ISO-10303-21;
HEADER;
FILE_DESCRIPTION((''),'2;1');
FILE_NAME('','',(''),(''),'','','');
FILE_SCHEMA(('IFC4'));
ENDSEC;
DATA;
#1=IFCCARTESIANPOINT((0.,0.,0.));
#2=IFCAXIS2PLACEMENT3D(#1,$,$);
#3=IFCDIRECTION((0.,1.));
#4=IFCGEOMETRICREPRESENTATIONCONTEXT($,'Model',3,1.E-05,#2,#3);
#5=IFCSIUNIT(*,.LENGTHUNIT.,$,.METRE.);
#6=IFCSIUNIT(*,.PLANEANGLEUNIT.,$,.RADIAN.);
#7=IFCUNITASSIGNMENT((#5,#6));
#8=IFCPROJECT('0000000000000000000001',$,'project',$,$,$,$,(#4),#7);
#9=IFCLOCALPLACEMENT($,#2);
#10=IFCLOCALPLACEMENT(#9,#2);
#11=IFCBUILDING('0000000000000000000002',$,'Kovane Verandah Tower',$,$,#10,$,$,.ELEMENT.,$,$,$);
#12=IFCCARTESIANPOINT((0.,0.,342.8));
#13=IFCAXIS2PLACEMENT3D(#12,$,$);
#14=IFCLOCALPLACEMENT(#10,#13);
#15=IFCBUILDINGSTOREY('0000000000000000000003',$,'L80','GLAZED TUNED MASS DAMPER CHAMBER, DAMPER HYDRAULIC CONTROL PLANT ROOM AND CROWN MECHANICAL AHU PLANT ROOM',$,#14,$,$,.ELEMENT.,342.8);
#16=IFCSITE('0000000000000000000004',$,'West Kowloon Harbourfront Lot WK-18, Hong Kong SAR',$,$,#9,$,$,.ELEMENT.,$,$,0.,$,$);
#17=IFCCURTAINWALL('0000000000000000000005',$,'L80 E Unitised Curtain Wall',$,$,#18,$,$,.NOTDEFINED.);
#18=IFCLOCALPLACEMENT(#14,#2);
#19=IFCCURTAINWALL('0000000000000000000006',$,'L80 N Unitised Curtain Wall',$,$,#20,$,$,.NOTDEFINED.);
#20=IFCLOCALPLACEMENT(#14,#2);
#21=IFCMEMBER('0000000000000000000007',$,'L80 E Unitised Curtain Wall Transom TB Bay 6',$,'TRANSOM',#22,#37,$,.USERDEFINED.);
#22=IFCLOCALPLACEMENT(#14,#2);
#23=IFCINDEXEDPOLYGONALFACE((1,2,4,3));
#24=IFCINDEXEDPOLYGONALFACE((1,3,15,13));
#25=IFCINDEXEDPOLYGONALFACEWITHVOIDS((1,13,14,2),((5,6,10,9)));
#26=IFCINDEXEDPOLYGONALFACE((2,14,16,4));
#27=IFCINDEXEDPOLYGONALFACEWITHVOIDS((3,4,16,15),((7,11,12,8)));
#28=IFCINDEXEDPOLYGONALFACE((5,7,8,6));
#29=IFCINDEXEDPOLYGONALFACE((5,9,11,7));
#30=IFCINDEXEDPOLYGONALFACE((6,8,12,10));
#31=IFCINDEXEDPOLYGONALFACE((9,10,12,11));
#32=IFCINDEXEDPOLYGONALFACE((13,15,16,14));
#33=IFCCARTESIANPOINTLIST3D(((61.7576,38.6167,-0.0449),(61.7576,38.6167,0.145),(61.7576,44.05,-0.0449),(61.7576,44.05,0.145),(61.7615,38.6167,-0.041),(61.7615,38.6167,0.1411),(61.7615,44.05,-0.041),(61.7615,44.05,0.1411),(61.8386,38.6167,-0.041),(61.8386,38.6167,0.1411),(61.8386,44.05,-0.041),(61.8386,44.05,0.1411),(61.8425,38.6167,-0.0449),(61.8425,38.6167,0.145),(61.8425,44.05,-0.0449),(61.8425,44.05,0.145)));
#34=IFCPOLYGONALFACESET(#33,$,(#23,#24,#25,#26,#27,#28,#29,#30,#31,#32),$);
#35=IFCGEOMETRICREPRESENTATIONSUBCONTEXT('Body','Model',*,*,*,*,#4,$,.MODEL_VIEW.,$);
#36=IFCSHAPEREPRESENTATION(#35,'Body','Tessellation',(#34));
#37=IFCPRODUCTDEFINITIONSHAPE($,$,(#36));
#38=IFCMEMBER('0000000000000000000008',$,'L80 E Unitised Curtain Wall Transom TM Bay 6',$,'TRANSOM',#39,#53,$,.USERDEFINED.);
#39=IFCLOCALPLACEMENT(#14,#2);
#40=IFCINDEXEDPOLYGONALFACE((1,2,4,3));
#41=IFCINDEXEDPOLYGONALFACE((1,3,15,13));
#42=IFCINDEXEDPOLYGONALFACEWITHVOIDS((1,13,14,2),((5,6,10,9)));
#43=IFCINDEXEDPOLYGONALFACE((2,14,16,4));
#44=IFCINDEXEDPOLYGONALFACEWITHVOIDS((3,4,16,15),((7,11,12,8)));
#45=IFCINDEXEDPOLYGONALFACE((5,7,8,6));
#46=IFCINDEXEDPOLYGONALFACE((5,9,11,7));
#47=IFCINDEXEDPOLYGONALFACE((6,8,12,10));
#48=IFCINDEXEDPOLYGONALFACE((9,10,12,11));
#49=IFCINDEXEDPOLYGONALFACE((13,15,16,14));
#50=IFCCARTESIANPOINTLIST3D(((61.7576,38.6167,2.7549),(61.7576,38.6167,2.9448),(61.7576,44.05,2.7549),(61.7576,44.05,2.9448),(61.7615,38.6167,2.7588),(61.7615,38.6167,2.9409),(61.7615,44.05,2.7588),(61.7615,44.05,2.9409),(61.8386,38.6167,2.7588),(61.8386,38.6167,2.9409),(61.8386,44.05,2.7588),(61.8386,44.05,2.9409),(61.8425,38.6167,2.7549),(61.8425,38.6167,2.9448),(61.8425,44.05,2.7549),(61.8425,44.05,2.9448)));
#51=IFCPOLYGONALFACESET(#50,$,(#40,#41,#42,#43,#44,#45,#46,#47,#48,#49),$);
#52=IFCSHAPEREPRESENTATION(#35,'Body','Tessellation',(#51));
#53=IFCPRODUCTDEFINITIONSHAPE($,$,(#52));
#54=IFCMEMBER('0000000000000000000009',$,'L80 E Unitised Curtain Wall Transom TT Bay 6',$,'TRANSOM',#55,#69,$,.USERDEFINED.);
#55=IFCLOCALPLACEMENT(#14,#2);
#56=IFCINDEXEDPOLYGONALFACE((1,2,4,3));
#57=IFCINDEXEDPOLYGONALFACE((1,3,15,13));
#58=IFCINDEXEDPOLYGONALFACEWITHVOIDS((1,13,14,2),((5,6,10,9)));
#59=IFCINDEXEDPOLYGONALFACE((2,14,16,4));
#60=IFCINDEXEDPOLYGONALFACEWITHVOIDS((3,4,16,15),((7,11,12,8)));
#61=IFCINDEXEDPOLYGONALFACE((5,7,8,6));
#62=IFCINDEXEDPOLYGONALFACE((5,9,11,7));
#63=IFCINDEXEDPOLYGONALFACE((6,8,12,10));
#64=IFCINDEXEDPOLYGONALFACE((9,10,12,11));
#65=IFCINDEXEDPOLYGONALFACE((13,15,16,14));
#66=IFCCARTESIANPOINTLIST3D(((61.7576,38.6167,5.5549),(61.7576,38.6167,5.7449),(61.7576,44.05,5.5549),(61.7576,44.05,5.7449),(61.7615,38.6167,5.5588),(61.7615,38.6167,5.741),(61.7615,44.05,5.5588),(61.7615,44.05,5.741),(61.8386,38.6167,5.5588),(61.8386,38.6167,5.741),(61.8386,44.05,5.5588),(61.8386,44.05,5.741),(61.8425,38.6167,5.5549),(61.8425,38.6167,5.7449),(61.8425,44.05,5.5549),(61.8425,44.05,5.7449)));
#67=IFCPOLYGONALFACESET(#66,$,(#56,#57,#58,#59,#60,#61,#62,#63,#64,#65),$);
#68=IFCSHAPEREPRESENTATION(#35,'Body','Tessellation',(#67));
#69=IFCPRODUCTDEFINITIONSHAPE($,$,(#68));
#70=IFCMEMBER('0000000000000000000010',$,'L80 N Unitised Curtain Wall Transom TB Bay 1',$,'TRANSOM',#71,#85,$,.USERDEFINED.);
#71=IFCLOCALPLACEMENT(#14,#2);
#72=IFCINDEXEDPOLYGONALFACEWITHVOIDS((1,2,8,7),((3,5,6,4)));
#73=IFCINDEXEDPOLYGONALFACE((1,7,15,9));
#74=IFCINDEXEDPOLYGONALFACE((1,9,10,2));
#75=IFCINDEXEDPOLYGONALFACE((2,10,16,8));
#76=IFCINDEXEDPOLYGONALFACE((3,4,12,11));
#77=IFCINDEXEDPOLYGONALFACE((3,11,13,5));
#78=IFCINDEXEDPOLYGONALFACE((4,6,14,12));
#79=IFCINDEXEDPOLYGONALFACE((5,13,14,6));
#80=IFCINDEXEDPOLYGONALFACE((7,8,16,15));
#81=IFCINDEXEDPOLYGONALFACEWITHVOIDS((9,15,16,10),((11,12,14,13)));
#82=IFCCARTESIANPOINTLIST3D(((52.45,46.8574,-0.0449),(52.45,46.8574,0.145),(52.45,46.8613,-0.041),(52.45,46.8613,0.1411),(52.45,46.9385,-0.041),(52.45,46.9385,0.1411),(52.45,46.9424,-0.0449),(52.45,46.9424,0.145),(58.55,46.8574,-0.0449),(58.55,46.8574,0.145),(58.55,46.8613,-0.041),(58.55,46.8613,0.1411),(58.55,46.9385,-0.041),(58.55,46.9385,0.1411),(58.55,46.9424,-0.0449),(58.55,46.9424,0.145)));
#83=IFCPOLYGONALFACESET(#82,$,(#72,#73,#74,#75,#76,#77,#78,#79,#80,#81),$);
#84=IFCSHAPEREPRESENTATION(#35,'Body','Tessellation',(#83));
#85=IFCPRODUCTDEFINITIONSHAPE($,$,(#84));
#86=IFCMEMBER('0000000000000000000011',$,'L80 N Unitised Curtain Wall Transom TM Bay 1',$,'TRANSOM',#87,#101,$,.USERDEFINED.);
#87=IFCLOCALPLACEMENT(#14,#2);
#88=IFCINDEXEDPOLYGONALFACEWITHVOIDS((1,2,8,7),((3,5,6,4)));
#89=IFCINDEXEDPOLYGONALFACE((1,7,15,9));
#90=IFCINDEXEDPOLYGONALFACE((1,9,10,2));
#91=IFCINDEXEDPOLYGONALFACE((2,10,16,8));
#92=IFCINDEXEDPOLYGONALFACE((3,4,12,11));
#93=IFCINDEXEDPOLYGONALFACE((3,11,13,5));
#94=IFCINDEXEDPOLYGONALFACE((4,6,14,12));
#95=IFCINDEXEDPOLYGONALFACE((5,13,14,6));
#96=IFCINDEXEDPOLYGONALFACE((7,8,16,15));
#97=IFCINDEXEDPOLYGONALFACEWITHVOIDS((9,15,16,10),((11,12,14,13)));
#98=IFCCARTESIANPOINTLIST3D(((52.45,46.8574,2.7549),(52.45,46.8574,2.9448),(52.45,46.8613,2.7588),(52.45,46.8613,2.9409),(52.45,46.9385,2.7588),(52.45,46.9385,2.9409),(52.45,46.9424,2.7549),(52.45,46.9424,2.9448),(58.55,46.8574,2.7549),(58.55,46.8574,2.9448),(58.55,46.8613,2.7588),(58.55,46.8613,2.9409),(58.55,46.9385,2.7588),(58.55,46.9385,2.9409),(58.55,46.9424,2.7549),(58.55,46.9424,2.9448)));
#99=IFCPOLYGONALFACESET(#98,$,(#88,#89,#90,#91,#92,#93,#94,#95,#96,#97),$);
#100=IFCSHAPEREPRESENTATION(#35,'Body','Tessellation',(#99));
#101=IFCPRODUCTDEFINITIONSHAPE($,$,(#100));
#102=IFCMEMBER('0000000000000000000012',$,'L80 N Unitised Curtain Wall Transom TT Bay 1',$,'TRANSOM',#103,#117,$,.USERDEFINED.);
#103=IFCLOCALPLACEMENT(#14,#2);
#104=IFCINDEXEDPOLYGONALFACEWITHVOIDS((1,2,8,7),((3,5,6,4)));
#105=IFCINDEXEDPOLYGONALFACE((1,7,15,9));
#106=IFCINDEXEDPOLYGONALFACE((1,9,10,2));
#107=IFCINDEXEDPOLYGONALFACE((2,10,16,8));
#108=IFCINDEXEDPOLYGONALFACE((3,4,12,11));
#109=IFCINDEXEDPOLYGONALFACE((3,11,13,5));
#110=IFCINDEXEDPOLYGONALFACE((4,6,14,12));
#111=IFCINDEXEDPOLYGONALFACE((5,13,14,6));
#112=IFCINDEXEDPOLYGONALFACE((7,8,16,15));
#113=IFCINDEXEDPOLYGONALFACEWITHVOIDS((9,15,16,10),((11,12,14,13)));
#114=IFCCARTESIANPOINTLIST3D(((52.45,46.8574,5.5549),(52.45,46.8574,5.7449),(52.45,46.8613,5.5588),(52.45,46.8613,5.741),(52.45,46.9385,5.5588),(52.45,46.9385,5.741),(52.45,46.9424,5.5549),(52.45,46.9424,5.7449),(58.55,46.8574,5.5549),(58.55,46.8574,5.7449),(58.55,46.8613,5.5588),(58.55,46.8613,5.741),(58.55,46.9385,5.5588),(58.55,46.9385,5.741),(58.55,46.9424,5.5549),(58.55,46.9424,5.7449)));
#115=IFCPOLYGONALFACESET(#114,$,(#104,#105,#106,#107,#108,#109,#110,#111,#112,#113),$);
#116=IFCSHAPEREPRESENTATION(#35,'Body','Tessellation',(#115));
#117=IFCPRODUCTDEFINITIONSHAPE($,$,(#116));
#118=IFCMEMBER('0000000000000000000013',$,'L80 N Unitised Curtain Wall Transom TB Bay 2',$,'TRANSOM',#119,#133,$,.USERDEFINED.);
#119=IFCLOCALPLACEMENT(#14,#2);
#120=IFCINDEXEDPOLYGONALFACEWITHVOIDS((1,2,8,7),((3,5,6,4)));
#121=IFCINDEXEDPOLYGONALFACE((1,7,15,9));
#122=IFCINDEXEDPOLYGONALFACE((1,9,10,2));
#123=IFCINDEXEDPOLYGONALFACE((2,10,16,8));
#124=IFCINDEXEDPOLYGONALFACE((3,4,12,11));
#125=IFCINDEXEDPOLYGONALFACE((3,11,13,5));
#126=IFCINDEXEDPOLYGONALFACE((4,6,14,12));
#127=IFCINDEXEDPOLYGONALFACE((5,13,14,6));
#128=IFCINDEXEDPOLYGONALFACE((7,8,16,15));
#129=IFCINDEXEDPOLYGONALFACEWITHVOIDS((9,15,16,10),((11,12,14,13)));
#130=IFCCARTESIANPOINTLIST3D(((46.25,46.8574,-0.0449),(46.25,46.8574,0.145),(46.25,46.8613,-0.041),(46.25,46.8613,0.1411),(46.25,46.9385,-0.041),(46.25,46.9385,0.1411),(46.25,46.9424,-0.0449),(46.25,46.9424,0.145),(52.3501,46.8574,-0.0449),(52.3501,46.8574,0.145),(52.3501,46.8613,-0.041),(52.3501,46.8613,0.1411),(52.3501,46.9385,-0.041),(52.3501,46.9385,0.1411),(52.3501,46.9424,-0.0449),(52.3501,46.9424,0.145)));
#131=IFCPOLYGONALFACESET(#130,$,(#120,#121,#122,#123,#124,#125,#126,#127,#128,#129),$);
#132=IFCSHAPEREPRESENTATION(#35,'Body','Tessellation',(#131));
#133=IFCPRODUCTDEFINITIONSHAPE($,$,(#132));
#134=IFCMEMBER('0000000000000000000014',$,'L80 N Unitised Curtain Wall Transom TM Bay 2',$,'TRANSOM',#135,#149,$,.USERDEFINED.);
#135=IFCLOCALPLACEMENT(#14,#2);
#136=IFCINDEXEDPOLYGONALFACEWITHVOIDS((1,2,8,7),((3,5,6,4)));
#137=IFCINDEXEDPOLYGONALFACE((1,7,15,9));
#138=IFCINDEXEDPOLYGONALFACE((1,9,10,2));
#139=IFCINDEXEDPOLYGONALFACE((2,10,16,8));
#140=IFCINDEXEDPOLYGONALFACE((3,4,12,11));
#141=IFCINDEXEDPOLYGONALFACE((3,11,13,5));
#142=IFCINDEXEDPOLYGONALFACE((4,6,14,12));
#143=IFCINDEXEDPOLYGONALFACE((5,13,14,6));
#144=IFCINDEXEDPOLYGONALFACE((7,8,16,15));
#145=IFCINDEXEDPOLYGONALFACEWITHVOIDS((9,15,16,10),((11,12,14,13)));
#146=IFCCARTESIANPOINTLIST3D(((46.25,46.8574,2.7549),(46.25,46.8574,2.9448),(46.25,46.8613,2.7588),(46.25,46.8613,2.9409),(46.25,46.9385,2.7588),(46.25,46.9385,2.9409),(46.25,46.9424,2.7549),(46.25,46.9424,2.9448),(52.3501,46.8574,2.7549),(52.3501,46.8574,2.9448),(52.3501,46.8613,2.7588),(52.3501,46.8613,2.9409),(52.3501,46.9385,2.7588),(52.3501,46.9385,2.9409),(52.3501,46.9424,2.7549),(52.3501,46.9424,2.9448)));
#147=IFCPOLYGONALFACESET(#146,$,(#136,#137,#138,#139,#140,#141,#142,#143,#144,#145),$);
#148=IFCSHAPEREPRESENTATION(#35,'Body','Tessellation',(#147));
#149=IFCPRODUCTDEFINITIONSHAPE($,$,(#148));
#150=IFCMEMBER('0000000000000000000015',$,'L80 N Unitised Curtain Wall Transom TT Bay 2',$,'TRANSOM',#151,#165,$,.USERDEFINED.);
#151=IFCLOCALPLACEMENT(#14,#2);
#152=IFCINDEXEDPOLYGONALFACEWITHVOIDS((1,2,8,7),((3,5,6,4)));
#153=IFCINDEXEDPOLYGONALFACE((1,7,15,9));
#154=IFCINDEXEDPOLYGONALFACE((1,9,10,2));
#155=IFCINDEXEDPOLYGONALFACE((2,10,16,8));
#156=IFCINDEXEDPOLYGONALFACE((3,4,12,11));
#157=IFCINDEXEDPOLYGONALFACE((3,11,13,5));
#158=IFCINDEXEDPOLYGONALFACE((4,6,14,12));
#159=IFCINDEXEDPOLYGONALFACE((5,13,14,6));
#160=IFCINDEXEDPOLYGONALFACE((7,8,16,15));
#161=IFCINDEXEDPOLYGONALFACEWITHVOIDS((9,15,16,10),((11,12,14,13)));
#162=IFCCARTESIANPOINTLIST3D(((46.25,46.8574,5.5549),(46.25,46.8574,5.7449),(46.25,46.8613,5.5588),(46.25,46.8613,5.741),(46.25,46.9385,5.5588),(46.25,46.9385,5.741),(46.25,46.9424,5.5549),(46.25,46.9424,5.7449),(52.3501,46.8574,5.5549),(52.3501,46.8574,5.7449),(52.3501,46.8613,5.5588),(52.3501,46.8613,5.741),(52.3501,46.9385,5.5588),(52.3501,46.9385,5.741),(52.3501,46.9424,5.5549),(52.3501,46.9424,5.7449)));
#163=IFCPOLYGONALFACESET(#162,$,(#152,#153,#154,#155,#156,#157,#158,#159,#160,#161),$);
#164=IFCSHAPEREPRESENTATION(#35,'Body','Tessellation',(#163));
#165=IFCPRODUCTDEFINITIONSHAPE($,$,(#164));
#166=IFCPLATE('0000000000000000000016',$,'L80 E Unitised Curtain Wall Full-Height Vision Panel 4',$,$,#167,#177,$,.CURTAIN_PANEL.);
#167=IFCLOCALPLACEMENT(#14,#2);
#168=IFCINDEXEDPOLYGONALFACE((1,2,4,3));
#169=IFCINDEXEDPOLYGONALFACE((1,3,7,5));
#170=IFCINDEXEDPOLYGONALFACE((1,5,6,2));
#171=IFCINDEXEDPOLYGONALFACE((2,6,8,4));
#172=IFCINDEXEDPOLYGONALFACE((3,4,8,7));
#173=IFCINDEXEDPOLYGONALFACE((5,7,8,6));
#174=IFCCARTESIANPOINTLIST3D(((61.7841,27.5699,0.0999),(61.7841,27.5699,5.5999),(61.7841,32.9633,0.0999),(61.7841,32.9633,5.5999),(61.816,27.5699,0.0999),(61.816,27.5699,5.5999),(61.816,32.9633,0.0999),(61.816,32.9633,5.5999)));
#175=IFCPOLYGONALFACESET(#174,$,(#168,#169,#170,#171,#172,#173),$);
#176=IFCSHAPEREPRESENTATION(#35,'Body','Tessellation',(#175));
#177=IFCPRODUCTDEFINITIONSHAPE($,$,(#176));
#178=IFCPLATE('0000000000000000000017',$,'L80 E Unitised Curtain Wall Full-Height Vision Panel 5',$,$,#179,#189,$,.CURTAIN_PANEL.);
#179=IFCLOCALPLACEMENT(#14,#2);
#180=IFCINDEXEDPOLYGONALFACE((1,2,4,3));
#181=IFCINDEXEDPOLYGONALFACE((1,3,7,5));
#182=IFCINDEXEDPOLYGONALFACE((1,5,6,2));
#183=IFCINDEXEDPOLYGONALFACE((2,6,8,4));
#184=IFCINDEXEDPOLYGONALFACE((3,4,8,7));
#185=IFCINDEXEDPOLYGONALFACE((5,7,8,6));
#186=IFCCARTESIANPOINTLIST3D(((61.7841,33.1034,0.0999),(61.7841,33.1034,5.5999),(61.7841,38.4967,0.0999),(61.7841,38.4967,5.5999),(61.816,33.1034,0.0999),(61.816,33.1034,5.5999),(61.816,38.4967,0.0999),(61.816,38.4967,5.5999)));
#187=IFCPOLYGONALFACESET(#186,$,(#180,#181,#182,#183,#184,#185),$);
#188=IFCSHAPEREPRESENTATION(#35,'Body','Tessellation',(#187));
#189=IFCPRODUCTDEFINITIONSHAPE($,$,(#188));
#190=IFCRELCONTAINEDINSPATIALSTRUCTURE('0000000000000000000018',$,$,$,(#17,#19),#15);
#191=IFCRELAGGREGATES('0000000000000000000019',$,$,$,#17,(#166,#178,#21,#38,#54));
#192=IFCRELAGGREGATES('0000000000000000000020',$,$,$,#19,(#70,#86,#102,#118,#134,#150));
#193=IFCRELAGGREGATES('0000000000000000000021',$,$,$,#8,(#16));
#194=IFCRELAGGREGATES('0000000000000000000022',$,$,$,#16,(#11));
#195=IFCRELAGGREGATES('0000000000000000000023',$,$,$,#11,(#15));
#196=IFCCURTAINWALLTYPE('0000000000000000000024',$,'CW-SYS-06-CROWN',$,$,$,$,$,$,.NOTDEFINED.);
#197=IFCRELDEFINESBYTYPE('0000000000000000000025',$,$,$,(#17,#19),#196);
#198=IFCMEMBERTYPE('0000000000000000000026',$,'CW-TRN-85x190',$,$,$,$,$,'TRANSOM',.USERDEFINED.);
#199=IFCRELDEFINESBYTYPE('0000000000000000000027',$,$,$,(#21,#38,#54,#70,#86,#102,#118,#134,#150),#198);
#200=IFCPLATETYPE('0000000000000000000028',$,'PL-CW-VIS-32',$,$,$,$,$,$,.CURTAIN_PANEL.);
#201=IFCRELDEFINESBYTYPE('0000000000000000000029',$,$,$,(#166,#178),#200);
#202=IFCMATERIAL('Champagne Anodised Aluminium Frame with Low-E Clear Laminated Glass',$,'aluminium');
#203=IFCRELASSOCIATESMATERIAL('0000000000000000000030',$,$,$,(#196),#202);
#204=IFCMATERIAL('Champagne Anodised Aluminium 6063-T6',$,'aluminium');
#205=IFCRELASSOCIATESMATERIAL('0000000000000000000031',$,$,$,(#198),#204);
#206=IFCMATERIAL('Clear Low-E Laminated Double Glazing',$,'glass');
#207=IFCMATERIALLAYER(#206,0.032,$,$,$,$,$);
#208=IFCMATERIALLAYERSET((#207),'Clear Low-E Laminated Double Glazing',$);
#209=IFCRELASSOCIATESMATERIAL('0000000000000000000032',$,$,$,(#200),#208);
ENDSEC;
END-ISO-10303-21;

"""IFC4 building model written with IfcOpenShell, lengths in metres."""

from ifc_helpers import new_model, si_unit, direction, frame, origin, origin_2d, place, context, subcontext, project, spatial, rectangle, hollow_rectangle, extrude, material, layer, layer_set, material_profile, profile_set, type_object, element, aggregate, save


model = new_model("IFC4")

# Units and contexts
model_context = context("Model", 3, precision=1e-05, world=origin(), true_north=direction((0.0, 1.0)))
body_context = subcontext(model_context, "Body", "Model", "MODEL_VIEW")
ifc_project = project(units=[si_unit("LENGTHUNIT", "METRE"), si_unit("PLANEANGLEUNIT", "RADIAN")], contexts=[model_context])

# Site, building, storey
site_placement = place(None, origin())
site = spatial("IfcSite", under=ifc_project, at=site_placement, Name="West Kowloon Harbourfront Lot WK-18, Hong Kong SAR", CompositionType="ELEMENT", RefElevation=0.0)
building_placement = place(site_placement, origin())
building = spatial("IfcBuilding", under=site, at=building_placement, Name="Kovane Verandah Tower", CompositionType="ELEMENT")
storey_placement = place(building_placement, frame((0.0, 0.0, 342.8)))
storey = spatial("IfcBuildingStorey", under=building, at=storey_placement, Name="L80", Description="GLAZED TUNED MASS DAMPER CHAMBER, DAMPER HYDRAULIC CONTROL PLANT ROOM AND CROWN MECHANICAL AHU PLANT ROOM", CompositionType="ELEMENT", Elevation=342.8)

# Curtain walls
ifc_material_1 = material(Name="Champagne Anodised Aluminium Frame with Low-E Clear Laminated Glass", Category="aluminium")
curtain_wall_type = type_object("IfcCurtainWallType", Name="CW-SYS-06-CROWN", PredefinedType="NOTDEFINED", material=ifc_material_1)
curtain_wall_1_placement = place(storey_placement, origin())
curtain_wall_1 = element("IfcCurtainWall", 1, at=curtain_wall_1_placement, inside=storey, type_object=curtain_wall_type, Name="L80 E Unitised Curtain Wall", PredefinedType="NOTDEFINED")
ifc_material_2 = material(Name="Champagne Anodised Aluminium 6063-T6", Category="aluminium")
curtain_wall_2_placement = place(storey_placement, origin())
curtain_wall_2 = element("IfcCurtainWall", 2, at=curtain_wall_2_placement, inside=storey, type_object=curtain_wall_type, Name="L80 N Unitised Curtain Wall", PredefinedType="NOTDEFINED")

# Members
ifc_material_profile_1 = material_profile(ifc_material_2, hollow_rectangle(XDim=0.085, YDim=0.1899, WallThickness=0.0039, at=origin_2d()), Name="AL85x190x4")
ifc_profile_set_1 = profile_set([ifc_material_profile_1], Name="Champagne Anodised Aluminium 6063-T6")
member_type_1 = type_object("IfcMemberType", Name="CW-TRN-85x190", ElementType="TRANSOM", PredefinedType="USERDEFINED", material=ifc_profile_set_1)
member_1_placement = place(storey_placement, frame((61.8, 38.6167, 0.05), z_axis=(0.0, 1.0, 0.0), x_axis=(-1.0, 0.0, 0.0)))
member_1 = element("IfcMember", 3, at=member_1_placement, type_object=member_type_1, Name="L80 E Unitised Curtain Wall Transom TB Bay 6", ObjectType="TRANSOM", PredefinedType="USERDEFINED", context=body_context, shape_type="SweptSolid", body=[
    extrude(hollow_rectangle(XDim=0.085, YDim=0.1899, WallThickness=0.0039, at=origin_2d()), origin(), (0.0, 0.0, 1.0), 5.4333),
])
member_2_placement = place(storey_placement, frame((61.8, 38.6167, 2.8499), z_axis=(0.0, 1.0, 0.0), x_axis=(-1.0, 0.0, 0.0)))
member_2 = element("IfcMember", 4, at=member_2_placement, type_object=member_type_1, Name="L80 E Unitised Curtain Wall Transom TM Bay 6", ObjectType="TRANSOM", PredefinedType="USERDEFINED", context=body_context, shape_type="SweptSolid", body=[
    extrude(hollow_rectangle(XDim=0.085, YDim=0.1899, WallThickness=0.0039, at=origin_2d()), origin(), (0.0, 0.0, 1.0), 5.4333),
])
member_3_placement = place(storey_placement, frame((61.8, 38.6167, 5.6499), z_axis=(0.0, 1.0, 0.0), x_axis=(-1.0, 0.0, 0.0)))
member_3 = element("IfcMember", 5, at=member_3_placement, type_object=member_type_1, Name="L80 E Unitised Curtain Wall Transom TT Bay 6", ObjectType="TRANSOM", PredefinedType="USERDEFINED", context=body_context, shape_type="SweptSolid", body=[
    extrude(hollow_rectangle(XDim=0.085, YDim=0.1899, WallThickness=0.0039, at=origin_2d()), origin(), (0.0, 0.0, 1.0), 5.4333),
])
member_4_placement = place(storey_placement, frame((58.55, 46.8999, 0.05), z_axis=(-1.0, 0.0, 0.0), x_axis=(0.0, -1.0, 0.0)))
member_4 = element("IfcMember", 6, at=member_4_placement, type_object=member_type_1, Name="L80 N Unitised Curtain Wall Transom TB Bay 1", ObjectType="TRANSOM", PredefinedType="USERDEFINED", context=body_context, shape_type="SweptSolid", body=[
    extrude(hollow_rectangle(XDim=0.085, YDim=0.1899, WallThickness=0.0039, at=origin_2d()), origin(), (0.0, 0.0, 1.0), 6.1001),
])
member_5_placement = place(storey_placement, frame((58.55, 46.8999, 2.8499), z_axis=(-1.0, 0.0, 0.0), x_axis=(0.0, -1.0, 0.0)))
member_5 = element("IfcMember", 7, at=member_5_placement, type_object=member_type_1, Name="L80 N Unitised Curtain Wall Transom TM Bay 1", ObjectType="TRANSOM", PredefinedType="USERDEFINED", context=body_context, shape_type="SweptSolid", body=[
    extrude(hollow_rectangle(XDim=0.085, YDim=0.1899, WallThickness=0.0039, at=origin_2d()), origin(), (0.0, 0.0, 1.0), 6.1001),
])
member_6_placement = place(storey_placement, frame((58.55, 46.8999, 5.6499), z_axis=(-1.0, 0.0, 0.0), x_axis=(0.0, -1.0, 0.0)))
member_6 = element("IfcMember", 8, at=member_6_placement, type_object=member_type_1, Name="L80 N Unitised Curtain Wall Transom TT Bay 1", ObjectType="TRANSOM", PredefinedType="USERDEFINED", context=body_context, shape_type="SweptSolid", body=[
    extrude(hollow_rectangle(XDim=0.085, YDim=0.1899, WallThickness=0.0039, at=origin_2d()), origin(), (0.0, 0.0, 1.0), 6.1001),
])
member_7_placement = place(storey_placement, frame((52.3501, 46.8999, 0.05), z_axis=(-1.0, 0.0, 0.0), x_axis=(0.0, -1.0, 0.0)))
member_7 = element("IfcMember", 9, at=member_7_placement, type_object=member_type_1, Name="L80 N Unitised Curtain Wall Transom TB Bay 2", ObjectType="TRANSOM", PredefinedType="USERDEFINED", context=body_context, shape_type="SweptSolid", body=[
    extrude(hollow_rectangle(XDim=0.085, YDim=0.1899, WallThickness=0.0039, at=origin_2d()), origin(), (0.0, 0.0, 1.0), 6.1001),
])
member_8_placement = place(storey_placement, frame((52.3501, 46.8999, 2.8499), z_axis=(-1.0, 0.0, 0.0), x_axis=(0.0, -1.0, 0.0)))
member_8 = element("IfcMember", 10, at=member_8_placement, type_object=member_type_1, Name="L80 N Unitised Curtain Wall Transom TM Bay 2", ObjectType="TRANSOM", PredefinedType="USERDEFINED", context=body_context, shape_type="SweptSolid", body=[
    extrude(hollow_rectangle(XDim=0.085, YDim=0.1899, WallThickness=0.0039, at=origin_2d()), origin(), (0.0, 0.0, 1.0), 6.1001),
])
member_9_placement = place(storey_placement, frame((52.3501, 46.8999, 5.6499), z_axis=(-1.0, 0.0, 0.0), x_axis=(0.0, -1.0, 0.0)))
member_9 = element("IfcMember", 11, at=member_9_placement, type_object=member_type_1, Name="L80 N Unitised Curtain Wall Transom TT Bay 2", ObjectType="TRANSOM", PredefinedType="USERDEFINED", context=body_context, shape_type="SweptSolid", body=[
    extrude(hollow_rectangle(XDim=0.085, YDim=0.1899, WallThickness=0.0039, at=origin_2d()), origin(), (0.0, 0.0, 1.0), 6.1001),
])

# Plates
ifc_material_3 = material(Name="Clear Low-E Laminated Double Glazing", Category="glass")
ifc_layer_1 = layer(ifc_material_3, 0.032)
ifc_layer_set_1 = layer_set([ifc_layer_1], Name="Clear Low-E Laminated Double Glazing")
plate_type = type_object("IfcPlateType", Name="PL-CW-VIS-32", PredefinedType="CURTAIN_PANEL", material=ifc_layer_set_1)
plate_1_placement = place(storey_placement, frame((61.8, 30.2666, 0.0999), z_axis=(0.0, 0.0, 1.0), x_axis=(0.0, 1.0, 0.0)))
plate_1 = element("IfcPlate", 12, at=plate_1_placement, type_object=plate_type, Name="L80 E Unitised Curtain Wall Full-Height Vision Panel 4", PredefinedType="CURTAIN_PANEL", context=body_context, shape_type="SweptSolid", body=[
    extrude(rectangle(XDim=5.3933, YDim=0.032, at=origin_2d()), origin(), (0.0, 0.0, 1.0), 5.5),
])
plate_2_placement = place(storey_placement, frame((61.8, 35.8, 0.0999), z_axis=(0.0, 0.0, 1.0), x_axis=(0.0, 1.0, 0.0)))
plate_2 = element("IfcPlate", 13, at=plate_2_placement, type_object=plate_type, Name="L80 E Unitised Curtain Wall Full-Height Vision Panel 5", PredefinedType="CURTAIN_PANEL", context=body_context, shape_type="SweptSolid", body=[
    extrude(rectangle(XDim=5.3933, YDim=0.032, at=origin_2d()), origin(), (0.0, 0.0, 1.0), 5.5),
])
aggregate(curtain_wall_1, [plate_1, plate_2, member_1, member_2, member_3])
aggregate(curtain_wall_2, [member_4, member_5, member_6, member_7, member_8, member_9])

save(model, "model.ifc")
